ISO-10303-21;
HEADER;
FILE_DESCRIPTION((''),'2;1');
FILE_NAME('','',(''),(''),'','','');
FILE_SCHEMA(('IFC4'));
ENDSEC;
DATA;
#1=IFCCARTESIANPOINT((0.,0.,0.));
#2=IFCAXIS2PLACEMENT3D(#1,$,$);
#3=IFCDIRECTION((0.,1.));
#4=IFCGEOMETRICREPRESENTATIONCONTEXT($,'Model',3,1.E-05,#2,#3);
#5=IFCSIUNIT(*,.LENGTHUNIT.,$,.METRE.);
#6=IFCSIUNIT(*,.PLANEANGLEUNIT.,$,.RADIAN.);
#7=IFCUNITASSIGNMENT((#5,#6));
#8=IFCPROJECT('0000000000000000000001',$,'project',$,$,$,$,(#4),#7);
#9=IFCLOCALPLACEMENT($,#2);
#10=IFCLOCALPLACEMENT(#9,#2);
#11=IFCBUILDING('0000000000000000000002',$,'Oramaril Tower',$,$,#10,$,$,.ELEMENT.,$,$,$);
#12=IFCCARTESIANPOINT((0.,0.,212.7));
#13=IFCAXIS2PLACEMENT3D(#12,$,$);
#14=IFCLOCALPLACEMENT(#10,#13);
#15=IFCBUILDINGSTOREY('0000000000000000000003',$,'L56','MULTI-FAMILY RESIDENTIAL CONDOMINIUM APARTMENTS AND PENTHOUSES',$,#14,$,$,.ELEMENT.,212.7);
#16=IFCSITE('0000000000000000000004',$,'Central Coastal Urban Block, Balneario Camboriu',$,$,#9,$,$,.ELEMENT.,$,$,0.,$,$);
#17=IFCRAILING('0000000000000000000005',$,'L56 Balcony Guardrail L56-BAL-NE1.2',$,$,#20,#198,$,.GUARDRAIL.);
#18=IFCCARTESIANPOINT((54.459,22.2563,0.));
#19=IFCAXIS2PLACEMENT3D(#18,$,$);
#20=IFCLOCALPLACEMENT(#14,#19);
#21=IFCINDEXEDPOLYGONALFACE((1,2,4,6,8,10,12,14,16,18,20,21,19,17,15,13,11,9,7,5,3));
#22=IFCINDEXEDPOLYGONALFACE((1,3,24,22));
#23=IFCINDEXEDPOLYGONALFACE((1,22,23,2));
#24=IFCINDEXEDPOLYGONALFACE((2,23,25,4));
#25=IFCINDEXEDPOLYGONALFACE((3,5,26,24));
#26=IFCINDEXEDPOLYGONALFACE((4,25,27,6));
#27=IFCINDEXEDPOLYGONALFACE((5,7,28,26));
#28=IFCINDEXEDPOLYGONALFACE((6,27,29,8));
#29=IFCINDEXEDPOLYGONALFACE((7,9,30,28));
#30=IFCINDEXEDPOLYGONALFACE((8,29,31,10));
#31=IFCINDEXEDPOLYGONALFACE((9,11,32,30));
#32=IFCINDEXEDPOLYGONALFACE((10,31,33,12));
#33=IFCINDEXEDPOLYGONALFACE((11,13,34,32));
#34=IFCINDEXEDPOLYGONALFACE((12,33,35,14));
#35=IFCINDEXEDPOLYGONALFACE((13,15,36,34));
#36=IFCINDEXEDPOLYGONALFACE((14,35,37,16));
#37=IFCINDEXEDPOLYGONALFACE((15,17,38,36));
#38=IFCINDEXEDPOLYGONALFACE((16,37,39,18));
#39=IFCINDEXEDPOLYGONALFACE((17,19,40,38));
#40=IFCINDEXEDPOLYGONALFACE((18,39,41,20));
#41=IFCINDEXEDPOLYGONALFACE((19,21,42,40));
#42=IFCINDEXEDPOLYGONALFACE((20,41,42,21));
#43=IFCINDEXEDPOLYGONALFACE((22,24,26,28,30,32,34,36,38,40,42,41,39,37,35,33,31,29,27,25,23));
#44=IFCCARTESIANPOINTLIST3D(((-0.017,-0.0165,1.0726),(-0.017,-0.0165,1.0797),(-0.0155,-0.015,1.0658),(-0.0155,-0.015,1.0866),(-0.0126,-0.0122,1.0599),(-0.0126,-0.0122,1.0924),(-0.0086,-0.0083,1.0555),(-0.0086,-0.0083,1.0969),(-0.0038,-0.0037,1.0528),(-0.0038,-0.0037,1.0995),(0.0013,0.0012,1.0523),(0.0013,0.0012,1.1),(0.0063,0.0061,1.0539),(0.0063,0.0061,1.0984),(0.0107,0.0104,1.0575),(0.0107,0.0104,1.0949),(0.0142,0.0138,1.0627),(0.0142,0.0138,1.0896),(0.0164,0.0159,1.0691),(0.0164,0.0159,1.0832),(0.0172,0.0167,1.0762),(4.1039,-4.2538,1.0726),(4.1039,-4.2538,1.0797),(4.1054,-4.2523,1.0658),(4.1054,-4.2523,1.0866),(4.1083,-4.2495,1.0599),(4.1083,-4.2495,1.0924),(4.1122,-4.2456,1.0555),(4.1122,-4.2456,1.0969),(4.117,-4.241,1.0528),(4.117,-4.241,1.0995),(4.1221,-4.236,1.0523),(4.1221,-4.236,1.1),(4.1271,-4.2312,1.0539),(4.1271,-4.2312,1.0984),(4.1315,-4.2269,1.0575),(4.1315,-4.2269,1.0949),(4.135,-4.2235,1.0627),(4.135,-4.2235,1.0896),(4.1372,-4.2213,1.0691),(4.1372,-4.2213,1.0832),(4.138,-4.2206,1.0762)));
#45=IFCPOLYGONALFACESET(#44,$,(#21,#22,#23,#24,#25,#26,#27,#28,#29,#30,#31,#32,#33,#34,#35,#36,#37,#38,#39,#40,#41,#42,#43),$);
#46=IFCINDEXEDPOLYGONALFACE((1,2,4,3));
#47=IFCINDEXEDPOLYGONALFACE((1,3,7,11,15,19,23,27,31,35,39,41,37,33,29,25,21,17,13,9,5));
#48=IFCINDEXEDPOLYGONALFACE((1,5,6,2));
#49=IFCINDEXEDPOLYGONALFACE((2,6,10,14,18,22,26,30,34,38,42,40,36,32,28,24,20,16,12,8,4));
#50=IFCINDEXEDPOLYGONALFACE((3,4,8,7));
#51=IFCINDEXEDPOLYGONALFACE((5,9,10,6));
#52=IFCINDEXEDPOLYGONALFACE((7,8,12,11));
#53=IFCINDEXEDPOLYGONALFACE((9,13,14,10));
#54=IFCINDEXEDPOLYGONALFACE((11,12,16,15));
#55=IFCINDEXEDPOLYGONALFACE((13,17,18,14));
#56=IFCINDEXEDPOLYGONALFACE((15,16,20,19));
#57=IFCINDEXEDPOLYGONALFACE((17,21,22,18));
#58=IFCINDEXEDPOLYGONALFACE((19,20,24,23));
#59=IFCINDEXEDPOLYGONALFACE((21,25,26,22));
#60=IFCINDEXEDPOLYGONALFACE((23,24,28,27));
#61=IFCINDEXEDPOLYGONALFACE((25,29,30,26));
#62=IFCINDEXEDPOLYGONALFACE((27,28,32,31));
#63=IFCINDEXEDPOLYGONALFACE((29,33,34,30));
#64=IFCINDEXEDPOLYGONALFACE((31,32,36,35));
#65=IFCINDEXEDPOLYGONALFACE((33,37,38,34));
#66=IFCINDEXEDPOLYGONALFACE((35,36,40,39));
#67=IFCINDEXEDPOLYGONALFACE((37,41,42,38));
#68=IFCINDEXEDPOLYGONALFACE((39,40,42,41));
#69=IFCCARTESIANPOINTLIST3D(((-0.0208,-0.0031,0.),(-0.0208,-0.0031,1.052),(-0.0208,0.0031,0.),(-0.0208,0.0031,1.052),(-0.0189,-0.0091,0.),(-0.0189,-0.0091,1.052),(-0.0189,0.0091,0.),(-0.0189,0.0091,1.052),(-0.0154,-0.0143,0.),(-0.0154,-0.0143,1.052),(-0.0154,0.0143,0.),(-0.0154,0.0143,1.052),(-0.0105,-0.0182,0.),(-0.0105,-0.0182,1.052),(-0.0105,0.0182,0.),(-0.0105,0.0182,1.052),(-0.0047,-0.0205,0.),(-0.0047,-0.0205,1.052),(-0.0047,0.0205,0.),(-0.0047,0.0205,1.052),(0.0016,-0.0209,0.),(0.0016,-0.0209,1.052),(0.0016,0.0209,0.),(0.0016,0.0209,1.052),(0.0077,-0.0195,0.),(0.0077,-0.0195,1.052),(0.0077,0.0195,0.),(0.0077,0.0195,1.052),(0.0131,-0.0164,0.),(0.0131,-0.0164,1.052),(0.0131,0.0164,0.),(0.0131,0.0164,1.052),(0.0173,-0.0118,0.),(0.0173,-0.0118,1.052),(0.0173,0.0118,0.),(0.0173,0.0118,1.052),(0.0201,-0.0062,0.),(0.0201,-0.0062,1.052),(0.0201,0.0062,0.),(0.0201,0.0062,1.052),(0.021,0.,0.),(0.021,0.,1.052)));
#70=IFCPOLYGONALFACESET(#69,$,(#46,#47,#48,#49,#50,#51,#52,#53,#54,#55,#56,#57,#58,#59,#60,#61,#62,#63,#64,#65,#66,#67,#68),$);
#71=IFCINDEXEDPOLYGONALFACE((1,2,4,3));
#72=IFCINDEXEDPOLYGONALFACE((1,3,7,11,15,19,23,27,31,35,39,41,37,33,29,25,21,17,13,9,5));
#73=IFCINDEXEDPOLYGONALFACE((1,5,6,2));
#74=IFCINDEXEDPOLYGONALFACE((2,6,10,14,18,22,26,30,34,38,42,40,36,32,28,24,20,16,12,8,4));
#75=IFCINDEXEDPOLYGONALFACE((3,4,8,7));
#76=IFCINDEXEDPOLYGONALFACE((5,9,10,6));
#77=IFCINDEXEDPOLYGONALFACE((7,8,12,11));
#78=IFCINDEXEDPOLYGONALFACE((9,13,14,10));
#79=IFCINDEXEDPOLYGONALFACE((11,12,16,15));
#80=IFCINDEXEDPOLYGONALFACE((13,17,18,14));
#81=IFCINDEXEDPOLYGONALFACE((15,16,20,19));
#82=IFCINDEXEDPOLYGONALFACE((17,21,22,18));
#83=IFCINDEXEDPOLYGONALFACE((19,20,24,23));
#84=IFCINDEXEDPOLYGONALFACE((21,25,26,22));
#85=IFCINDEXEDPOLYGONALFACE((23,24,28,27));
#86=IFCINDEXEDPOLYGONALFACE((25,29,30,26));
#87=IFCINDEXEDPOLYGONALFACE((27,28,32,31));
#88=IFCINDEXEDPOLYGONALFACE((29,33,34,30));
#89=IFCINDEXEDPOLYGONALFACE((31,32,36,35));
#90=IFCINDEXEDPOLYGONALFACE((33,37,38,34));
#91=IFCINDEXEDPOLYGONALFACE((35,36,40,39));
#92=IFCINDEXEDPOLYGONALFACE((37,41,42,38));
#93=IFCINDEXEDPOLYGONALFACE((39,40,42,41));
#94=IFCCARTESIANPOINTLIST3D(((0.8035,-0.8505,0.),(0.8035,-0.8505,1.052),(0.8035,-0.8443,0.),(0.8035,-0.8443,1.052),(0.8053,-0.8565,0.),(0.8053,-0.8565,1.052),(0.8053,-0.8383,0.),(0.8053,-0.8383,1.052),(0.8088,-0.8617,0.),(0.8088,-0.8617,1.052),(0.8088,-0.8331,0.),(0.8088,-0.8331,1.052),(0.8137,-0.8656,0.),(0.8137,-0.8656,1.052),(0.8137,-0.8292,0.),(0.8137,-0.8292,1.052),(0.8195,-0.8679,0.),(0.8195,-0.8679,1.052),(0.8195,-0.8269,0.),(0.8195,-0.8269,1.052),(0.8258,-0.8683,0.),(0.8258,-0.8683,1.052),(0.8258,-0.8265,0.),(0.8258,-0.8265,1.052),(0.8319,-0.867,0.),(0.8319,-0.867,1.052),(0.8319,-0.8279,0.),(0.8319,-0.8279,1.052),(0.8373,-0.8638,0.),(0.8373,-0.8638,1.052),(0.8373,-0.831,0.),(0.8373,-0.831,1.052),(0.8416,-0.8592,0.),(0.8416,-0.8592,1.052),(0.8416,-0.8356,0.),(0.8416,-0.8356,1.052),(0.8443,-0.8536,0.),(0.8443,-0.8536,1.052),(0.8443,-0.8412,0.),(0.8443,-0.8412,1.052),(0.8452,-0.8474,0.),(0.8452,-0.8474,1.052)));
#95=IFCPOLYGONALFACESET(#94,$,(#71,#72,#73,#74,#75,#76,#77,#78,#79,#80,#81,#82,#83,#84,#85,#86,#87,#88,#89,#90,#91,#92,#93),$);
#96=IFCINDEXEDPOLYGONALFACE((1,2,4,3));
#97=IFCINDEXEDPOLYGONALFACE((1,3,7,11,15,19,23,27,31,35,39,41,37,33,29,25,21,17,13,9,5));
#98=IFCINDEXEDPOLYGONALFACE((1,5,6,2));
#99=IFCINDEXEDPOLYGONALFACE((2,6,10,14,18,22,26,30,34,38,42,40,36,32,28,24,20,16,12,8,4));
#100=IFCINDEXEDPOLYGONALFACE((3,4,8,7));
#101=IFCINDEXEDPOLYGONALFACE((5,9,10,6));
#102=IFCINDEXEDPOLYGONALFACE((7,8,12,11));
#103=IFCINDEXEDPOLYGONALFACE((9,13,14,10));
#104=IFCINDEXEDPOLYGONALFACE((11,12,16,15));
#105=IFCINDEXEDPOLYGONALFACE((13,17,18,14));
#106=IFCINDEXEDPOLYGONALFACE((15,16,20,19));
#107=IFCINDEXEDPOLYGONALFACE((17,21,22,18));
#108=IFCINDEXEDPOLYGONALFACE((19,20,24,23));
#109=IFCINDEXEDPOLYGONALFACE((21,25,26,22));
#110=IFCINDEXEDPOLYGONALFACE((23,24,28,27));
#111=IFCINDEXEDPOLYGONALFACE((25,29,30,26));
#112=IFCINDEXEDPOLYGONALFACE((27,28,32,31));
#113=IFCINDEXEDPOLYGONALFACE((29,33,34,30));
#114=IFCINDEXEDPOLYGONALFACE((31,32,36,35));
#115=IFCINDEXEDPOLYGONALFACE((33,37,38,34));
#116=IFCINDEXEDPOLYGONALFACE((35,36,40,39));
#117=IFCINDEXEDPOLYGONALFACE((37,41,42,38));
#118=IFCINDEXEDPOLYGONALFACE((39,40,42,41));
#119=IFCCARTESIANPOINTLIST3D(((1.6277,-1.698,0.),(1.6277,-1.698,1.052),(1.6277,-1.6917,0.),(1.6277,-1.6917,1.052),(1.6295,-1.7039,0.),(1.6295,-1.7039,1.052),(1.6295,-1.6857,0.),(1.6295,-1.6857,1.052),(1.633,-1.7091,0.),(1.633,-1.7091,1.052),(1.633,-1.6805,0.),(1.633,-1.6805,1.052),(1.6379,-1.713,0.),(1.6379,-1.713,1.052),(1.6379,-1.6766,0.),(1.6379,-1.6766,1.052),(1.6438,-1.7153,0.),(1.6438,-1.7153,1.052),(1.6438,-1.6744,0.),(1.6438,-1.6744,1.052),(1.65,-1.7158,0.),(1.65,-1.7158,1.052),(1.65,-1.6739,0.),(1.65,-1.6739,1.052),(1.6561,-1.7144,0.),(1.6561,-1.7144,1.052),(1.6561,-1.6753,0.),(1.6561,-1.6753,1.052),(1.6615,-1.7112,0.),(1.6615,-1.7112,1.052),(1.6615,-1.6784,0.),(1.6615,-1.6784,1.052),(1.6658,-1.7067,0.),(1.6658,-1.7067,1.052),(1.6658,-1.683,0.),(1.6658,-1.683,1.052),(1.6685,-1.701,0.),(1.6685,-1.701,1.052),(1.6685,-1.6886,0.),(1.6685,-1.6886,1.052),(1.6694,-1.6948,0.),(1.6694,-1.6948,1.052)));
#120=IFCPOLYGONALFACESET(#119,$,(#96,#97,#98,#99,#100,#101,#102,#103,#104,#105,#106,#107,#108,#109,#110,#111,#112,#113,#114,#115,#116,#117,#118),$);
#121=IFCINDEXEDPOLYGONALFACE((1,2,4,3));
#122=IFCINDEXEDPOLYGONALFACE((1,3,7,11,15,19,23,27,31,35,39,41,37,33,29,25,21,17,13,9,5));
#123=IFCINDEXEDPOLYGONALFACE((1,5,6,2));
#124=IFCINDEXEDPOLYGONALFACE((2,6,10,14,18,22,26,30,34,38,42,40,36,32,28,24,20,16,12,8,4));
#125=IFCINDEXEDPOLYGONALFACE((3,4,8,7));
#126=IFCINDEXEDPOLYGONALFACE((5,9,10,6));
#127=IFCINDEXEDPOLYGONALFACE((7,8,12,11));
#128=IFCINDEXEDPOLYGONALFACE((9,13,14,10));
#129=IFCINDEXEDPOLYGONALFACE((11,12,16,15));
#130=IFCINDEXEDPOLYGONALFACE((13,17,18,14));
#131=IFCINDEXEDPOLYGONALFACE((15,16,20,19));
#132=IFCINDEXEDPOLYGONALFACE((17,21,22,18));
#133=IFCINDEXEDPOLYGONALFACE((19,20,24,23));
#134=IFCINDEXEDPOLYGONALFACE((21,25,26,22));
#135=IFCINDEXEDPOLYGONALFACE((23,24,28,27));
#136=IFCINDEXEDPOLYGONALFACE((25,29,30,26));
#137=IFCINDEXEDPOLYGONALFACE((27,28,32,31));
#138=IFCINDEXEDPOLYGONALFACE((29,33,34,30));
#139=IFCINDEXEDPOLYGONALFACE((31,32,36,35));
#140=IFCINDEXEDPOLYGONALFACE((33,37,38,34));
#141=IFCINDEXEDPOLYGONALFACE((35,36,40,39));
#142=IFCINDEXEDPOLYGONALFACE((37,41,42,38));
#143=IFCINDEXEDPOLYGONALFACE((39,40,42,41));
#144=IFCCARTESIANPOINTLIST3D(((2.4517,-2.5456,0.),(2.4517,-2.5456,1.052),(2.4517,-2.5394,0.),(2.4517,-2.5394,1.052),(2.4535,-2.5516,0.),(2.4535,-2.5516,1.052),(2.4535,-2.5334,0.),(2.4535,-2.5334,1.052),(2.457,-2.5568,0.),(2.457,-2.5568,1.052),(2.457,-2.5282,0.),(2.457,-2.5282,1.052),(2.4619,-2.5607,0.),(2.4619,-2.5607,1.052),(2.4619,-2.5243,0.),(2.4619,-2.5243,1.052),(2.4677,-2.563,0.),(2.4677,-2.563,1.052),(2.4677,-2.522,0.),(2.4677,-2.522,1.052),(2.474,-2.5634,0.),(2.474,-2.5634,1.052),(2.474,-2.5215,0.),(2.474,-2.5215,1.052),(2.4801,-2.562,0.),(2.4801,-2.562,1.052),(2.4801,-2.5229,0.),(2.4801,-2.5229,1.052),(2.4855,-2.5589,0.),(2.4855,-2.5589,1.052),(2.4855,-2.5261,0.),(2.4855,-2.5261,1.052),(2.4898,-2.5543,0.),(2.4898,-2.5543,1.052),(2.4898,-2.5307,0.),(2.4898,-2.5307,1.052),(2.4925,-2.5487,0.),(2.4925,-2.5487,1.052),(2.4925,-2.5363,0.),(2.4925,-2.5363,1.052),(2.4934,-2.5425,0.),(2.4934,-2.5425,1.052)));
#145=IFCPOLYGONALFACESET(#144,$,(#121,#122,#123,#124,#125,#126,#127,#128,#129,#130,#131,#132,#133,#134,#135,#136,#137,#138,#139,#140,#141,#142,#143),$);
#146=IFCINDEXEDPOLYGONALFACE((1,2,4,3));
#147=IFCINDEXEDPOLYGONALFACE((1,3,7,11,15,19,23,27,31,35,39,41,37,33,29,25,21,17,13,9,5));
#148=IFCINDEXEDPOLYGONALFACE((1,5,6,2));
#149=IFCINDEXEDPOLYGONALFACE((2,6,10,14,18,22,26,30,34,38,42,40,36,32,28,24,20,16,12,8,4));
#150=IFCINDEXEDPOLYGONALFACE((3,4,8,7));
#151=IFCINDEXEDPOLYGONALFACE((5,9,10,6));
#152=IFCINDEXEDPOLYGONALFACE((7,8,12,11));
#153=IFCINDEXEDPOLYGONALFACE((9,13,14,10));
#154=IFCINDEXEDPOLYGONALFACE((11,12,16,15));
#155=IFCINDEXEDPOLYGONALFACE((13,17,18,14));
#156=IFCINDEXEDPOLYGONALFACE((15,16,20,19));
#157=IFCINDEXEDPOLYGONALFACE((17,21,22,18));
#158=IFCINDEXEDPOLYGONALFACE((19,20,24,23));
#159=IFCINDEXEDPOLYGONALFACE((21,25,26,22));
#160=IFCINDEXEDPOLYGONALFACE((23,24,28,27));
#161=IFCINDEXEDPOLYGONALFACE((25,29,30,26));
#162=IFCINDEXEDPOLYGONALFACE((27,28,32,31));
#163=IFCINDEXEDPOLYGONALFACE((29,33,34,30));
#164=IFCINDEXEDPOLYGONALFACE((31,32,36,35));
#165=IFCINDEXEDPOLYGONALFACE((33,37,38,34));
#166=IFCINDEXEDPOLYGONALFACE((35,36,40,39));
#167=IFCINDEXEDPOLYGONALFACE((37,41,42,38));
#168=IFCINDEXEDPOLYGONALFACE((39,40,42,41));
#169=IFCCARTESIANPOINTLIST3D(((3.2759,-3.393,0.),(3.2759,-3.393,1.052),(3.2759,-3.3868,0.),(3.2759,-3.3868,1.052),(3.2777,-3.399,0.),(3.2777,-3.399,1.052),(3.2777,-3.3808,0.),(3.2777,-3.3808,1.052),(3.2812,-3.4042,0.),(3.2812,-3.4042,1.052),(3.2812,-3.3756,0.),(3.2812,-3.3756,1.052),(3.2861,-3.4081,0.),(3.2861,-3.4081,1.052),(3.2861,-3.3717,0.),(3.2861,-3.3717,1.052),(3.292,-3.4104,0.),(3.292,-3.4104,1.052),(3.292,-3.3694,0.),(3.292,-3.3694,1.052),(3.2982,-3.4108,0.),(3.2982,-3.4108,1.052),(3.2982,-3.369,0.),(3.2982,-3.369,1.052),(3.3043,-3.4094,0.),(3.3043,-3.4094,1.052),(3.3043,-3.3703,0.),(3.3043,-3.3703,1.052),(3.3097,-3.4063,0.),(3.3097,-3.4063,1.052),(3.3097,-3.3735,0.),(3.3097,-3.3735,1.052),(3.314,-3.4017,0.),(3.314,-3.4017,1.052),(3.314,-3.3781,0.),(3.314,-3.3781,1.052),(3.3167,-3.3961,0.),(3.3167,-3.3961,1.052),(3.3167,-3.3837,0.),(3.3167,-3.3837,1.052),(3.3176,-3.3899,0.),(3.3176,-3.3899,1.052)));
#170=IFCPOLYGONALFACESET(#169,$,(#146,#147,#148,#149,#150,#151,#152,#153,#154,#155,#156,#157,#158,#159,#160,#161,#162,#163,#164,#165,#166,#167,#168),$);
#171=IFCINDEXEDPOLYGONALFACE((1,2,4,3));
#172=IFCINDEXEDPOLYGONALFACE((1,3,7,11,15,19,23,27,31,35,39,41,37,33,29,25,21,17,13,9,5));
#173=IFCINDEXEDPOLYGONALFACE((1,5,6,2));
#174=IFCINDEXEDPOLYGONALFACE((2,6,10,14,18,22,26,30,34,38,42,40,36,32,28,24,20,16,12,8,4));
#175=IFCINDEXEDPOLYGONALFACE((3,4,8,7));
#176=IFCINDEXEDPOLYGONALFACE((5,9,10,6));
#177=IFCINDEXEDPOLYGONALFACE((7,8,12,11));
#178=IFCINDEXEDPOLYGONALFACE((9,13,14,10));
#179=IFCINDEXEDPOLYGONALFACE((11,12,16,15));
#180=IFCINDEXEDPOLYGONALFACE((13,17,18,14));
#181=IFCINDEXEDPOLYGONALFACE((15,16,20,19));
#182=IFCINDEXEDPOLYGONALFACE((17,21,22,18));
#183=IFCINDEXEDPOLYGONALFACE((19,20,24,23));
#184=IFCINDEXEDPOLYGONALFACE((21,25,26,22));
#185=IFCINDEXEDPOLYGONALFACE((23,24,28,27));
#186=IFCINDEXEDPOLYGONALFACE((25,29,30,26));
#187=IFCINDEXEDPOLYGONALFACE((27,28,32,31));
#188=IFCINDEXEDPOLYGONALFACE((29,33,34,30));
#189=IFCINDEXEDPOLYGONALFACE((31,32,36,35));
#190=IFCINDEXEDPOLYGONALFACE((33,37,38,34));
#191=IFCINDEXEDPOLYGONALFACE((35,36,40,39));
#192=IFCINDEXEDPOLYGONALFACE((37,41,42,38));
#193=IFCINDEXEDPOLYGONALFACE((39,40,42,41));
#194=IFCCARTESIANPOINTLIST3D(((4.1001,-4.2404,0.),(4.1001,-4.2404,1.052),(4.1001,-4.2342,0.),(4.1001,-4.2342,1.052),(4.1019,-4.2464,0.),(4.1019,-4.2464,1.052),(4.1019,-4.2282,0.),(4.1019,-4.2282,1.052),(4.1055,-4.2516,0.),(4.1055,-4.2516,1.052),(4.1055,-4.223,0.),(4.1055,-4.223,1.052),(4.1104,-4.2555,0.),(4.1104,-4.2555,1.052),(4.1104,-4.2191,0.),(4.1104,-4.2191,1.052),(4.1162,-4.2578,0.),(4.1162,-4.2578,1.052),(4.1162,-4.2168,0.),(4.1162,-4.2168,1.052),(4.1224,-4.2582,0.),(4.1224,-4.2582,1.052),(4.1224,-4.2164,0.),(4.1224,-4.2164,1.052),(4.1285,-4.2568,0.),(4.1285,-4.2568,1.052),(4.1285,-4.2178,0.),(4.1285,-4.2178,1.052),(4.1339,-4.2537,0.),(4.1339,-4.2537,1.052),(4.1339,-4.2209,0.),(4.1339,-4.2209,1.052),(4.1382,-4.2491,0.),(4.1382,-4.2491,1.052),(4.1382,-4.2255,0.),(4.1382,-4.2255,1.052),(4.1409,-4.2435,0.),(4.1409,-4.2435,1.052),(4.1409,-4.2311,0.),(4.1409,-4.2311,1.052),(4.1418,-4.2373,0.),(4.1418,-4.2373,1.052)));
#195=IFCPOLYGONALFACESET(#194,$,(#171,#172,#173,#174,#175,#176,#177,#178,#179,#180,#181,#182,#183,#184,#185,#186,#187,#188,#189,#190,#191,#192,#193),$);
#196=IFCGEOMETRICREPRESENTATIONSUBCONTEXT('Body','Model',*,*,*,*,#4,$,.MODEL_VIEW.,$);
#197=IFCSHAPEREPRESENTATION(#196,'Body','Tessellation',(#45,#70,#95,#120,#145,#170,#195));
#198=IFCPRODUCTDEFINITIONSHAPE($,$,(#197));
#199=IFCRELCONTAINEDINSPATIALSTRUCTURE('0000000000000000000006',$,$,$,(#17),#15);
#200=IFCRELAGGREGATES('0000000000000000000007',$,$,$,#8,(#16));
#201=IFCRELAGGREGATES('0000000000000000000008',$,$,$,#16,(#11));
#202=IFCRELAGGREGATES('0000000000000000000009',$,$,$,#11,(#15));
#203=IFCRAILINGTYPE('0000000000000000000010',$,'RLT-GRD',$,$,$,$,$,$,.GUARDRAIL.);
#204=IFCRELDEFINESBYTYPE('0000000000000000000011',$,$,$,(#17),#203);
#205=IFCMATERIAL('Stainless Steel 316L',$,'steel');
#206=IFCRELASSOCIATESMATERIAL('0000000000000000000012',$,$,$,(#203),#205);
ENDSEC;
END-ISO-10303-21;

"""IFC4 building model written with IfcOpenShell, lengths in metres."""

from ifc_helpers import new_model, si_unit, direction, frame, origin, origin_2d, place, context, subcontext, project, spatial, circle, extrude, material, type_object, element, save


model = new_model("IFC4")

# Units and contexts
model_context = context("Model", 3, precision=1e-05, world=origin(), true_north=direction((0.0, 1.0)))
body_context = subcontext(model_context, "Body", "Model", "MODEL_VIEW")
ifc_project = project(units=[si_unit("LENGTHUNIT", "METRE"), si_unit("PLANEANGLEUNIT", "RADIAN")], contexts=[model_context])

# Site, building, storey
site_placement = place(None, origin())
site = spatial("IfcSite", under=ifc_project, at=site_placement, Name="Central Coastal Urban Block, Balneario Camboriu", CompositionType="ELEMENT", RefElevation=0.0)
building_placement = place(site_placement, origin())
building = spatial("IfcBuilding", under=site, at=building_placement, Name="Oramaril Tower", CompositionType="ELEMENT")
storey_placement = place(building_placement, frame((0.0, 0.0, 212.7)))
storey = spatial("IfcBuildingStorey", under=building, at=storey_placement, Name="L56", Description="MULTI-FAMILY RESIDENTIAL CONDOMINIUM APARTMENTS AND PENTHOUSES", CompositionType="ELEMENT", Elevation=212.7)

# Railing
ifc_material_1 = material(Name="Stainless Steel 316L", Category="steel")
railing_type = type_object("IfcRailingType", Name="RLT-GRD", PredefinedType="GUARDRAIL", material=ifc_material_1)
railing_1_placement = place(storey_placement, frame((54.459, 22.2563, 0.0)))
element("IfcRailing", 1, at=railing_1_placement, inside=storey, type_object=railing_type, Name="L56 Balcony Guardrail L56-BAL-NE1.2", PredefinedType="GUARDRAIL", context=body_context, shape_type="SweptSolid", body=[
    extrude(circle(Radius=0.0239, at=origin_2d()), frame((0.0, 0.0, 1.0762), z_axis=(0.697187, -0.716889, 0.0), x_axis=(0.716889, 0.697187, 0.0)), (0.0, 0.0, 1.0), 5.9106),
    extrude(circle(Radius=0.021, at=origin_2d()), origin(), (0.0, 0.0, 1.0), 1.052),
    extrude(circle(Radius=0.021, at=origin_2d()), frame((0.8242, -0.8474, 0.0)), (0.0, 0.0, 1.0), 1.052),
    extrude(circle(Radius=0.021, at=origin_2d()), frame((1.6484, -1.6948, 0.0)), (0.0, 0.0, 1.0), 1.052),
    extrude(circle(Radius=0.021, at=origin_2d()), frame((2.4724, -2.5425, 0.0)), (0.0, 0.0, 1.0), 1.052),
    extrude(circle(Radius=0.021, at=origin_2d()), frame((3.2966, -3.3899, 0.0)), (0.0, 0.0, 1.0), 1.052),
    extrude(circle(Radius=0.021, at=origin_2d()), frame((4.1208, -4.2373, 0.0)), (0.0, 0.0, 1.0), 1.052),
])

save(model, "model.ifc")
